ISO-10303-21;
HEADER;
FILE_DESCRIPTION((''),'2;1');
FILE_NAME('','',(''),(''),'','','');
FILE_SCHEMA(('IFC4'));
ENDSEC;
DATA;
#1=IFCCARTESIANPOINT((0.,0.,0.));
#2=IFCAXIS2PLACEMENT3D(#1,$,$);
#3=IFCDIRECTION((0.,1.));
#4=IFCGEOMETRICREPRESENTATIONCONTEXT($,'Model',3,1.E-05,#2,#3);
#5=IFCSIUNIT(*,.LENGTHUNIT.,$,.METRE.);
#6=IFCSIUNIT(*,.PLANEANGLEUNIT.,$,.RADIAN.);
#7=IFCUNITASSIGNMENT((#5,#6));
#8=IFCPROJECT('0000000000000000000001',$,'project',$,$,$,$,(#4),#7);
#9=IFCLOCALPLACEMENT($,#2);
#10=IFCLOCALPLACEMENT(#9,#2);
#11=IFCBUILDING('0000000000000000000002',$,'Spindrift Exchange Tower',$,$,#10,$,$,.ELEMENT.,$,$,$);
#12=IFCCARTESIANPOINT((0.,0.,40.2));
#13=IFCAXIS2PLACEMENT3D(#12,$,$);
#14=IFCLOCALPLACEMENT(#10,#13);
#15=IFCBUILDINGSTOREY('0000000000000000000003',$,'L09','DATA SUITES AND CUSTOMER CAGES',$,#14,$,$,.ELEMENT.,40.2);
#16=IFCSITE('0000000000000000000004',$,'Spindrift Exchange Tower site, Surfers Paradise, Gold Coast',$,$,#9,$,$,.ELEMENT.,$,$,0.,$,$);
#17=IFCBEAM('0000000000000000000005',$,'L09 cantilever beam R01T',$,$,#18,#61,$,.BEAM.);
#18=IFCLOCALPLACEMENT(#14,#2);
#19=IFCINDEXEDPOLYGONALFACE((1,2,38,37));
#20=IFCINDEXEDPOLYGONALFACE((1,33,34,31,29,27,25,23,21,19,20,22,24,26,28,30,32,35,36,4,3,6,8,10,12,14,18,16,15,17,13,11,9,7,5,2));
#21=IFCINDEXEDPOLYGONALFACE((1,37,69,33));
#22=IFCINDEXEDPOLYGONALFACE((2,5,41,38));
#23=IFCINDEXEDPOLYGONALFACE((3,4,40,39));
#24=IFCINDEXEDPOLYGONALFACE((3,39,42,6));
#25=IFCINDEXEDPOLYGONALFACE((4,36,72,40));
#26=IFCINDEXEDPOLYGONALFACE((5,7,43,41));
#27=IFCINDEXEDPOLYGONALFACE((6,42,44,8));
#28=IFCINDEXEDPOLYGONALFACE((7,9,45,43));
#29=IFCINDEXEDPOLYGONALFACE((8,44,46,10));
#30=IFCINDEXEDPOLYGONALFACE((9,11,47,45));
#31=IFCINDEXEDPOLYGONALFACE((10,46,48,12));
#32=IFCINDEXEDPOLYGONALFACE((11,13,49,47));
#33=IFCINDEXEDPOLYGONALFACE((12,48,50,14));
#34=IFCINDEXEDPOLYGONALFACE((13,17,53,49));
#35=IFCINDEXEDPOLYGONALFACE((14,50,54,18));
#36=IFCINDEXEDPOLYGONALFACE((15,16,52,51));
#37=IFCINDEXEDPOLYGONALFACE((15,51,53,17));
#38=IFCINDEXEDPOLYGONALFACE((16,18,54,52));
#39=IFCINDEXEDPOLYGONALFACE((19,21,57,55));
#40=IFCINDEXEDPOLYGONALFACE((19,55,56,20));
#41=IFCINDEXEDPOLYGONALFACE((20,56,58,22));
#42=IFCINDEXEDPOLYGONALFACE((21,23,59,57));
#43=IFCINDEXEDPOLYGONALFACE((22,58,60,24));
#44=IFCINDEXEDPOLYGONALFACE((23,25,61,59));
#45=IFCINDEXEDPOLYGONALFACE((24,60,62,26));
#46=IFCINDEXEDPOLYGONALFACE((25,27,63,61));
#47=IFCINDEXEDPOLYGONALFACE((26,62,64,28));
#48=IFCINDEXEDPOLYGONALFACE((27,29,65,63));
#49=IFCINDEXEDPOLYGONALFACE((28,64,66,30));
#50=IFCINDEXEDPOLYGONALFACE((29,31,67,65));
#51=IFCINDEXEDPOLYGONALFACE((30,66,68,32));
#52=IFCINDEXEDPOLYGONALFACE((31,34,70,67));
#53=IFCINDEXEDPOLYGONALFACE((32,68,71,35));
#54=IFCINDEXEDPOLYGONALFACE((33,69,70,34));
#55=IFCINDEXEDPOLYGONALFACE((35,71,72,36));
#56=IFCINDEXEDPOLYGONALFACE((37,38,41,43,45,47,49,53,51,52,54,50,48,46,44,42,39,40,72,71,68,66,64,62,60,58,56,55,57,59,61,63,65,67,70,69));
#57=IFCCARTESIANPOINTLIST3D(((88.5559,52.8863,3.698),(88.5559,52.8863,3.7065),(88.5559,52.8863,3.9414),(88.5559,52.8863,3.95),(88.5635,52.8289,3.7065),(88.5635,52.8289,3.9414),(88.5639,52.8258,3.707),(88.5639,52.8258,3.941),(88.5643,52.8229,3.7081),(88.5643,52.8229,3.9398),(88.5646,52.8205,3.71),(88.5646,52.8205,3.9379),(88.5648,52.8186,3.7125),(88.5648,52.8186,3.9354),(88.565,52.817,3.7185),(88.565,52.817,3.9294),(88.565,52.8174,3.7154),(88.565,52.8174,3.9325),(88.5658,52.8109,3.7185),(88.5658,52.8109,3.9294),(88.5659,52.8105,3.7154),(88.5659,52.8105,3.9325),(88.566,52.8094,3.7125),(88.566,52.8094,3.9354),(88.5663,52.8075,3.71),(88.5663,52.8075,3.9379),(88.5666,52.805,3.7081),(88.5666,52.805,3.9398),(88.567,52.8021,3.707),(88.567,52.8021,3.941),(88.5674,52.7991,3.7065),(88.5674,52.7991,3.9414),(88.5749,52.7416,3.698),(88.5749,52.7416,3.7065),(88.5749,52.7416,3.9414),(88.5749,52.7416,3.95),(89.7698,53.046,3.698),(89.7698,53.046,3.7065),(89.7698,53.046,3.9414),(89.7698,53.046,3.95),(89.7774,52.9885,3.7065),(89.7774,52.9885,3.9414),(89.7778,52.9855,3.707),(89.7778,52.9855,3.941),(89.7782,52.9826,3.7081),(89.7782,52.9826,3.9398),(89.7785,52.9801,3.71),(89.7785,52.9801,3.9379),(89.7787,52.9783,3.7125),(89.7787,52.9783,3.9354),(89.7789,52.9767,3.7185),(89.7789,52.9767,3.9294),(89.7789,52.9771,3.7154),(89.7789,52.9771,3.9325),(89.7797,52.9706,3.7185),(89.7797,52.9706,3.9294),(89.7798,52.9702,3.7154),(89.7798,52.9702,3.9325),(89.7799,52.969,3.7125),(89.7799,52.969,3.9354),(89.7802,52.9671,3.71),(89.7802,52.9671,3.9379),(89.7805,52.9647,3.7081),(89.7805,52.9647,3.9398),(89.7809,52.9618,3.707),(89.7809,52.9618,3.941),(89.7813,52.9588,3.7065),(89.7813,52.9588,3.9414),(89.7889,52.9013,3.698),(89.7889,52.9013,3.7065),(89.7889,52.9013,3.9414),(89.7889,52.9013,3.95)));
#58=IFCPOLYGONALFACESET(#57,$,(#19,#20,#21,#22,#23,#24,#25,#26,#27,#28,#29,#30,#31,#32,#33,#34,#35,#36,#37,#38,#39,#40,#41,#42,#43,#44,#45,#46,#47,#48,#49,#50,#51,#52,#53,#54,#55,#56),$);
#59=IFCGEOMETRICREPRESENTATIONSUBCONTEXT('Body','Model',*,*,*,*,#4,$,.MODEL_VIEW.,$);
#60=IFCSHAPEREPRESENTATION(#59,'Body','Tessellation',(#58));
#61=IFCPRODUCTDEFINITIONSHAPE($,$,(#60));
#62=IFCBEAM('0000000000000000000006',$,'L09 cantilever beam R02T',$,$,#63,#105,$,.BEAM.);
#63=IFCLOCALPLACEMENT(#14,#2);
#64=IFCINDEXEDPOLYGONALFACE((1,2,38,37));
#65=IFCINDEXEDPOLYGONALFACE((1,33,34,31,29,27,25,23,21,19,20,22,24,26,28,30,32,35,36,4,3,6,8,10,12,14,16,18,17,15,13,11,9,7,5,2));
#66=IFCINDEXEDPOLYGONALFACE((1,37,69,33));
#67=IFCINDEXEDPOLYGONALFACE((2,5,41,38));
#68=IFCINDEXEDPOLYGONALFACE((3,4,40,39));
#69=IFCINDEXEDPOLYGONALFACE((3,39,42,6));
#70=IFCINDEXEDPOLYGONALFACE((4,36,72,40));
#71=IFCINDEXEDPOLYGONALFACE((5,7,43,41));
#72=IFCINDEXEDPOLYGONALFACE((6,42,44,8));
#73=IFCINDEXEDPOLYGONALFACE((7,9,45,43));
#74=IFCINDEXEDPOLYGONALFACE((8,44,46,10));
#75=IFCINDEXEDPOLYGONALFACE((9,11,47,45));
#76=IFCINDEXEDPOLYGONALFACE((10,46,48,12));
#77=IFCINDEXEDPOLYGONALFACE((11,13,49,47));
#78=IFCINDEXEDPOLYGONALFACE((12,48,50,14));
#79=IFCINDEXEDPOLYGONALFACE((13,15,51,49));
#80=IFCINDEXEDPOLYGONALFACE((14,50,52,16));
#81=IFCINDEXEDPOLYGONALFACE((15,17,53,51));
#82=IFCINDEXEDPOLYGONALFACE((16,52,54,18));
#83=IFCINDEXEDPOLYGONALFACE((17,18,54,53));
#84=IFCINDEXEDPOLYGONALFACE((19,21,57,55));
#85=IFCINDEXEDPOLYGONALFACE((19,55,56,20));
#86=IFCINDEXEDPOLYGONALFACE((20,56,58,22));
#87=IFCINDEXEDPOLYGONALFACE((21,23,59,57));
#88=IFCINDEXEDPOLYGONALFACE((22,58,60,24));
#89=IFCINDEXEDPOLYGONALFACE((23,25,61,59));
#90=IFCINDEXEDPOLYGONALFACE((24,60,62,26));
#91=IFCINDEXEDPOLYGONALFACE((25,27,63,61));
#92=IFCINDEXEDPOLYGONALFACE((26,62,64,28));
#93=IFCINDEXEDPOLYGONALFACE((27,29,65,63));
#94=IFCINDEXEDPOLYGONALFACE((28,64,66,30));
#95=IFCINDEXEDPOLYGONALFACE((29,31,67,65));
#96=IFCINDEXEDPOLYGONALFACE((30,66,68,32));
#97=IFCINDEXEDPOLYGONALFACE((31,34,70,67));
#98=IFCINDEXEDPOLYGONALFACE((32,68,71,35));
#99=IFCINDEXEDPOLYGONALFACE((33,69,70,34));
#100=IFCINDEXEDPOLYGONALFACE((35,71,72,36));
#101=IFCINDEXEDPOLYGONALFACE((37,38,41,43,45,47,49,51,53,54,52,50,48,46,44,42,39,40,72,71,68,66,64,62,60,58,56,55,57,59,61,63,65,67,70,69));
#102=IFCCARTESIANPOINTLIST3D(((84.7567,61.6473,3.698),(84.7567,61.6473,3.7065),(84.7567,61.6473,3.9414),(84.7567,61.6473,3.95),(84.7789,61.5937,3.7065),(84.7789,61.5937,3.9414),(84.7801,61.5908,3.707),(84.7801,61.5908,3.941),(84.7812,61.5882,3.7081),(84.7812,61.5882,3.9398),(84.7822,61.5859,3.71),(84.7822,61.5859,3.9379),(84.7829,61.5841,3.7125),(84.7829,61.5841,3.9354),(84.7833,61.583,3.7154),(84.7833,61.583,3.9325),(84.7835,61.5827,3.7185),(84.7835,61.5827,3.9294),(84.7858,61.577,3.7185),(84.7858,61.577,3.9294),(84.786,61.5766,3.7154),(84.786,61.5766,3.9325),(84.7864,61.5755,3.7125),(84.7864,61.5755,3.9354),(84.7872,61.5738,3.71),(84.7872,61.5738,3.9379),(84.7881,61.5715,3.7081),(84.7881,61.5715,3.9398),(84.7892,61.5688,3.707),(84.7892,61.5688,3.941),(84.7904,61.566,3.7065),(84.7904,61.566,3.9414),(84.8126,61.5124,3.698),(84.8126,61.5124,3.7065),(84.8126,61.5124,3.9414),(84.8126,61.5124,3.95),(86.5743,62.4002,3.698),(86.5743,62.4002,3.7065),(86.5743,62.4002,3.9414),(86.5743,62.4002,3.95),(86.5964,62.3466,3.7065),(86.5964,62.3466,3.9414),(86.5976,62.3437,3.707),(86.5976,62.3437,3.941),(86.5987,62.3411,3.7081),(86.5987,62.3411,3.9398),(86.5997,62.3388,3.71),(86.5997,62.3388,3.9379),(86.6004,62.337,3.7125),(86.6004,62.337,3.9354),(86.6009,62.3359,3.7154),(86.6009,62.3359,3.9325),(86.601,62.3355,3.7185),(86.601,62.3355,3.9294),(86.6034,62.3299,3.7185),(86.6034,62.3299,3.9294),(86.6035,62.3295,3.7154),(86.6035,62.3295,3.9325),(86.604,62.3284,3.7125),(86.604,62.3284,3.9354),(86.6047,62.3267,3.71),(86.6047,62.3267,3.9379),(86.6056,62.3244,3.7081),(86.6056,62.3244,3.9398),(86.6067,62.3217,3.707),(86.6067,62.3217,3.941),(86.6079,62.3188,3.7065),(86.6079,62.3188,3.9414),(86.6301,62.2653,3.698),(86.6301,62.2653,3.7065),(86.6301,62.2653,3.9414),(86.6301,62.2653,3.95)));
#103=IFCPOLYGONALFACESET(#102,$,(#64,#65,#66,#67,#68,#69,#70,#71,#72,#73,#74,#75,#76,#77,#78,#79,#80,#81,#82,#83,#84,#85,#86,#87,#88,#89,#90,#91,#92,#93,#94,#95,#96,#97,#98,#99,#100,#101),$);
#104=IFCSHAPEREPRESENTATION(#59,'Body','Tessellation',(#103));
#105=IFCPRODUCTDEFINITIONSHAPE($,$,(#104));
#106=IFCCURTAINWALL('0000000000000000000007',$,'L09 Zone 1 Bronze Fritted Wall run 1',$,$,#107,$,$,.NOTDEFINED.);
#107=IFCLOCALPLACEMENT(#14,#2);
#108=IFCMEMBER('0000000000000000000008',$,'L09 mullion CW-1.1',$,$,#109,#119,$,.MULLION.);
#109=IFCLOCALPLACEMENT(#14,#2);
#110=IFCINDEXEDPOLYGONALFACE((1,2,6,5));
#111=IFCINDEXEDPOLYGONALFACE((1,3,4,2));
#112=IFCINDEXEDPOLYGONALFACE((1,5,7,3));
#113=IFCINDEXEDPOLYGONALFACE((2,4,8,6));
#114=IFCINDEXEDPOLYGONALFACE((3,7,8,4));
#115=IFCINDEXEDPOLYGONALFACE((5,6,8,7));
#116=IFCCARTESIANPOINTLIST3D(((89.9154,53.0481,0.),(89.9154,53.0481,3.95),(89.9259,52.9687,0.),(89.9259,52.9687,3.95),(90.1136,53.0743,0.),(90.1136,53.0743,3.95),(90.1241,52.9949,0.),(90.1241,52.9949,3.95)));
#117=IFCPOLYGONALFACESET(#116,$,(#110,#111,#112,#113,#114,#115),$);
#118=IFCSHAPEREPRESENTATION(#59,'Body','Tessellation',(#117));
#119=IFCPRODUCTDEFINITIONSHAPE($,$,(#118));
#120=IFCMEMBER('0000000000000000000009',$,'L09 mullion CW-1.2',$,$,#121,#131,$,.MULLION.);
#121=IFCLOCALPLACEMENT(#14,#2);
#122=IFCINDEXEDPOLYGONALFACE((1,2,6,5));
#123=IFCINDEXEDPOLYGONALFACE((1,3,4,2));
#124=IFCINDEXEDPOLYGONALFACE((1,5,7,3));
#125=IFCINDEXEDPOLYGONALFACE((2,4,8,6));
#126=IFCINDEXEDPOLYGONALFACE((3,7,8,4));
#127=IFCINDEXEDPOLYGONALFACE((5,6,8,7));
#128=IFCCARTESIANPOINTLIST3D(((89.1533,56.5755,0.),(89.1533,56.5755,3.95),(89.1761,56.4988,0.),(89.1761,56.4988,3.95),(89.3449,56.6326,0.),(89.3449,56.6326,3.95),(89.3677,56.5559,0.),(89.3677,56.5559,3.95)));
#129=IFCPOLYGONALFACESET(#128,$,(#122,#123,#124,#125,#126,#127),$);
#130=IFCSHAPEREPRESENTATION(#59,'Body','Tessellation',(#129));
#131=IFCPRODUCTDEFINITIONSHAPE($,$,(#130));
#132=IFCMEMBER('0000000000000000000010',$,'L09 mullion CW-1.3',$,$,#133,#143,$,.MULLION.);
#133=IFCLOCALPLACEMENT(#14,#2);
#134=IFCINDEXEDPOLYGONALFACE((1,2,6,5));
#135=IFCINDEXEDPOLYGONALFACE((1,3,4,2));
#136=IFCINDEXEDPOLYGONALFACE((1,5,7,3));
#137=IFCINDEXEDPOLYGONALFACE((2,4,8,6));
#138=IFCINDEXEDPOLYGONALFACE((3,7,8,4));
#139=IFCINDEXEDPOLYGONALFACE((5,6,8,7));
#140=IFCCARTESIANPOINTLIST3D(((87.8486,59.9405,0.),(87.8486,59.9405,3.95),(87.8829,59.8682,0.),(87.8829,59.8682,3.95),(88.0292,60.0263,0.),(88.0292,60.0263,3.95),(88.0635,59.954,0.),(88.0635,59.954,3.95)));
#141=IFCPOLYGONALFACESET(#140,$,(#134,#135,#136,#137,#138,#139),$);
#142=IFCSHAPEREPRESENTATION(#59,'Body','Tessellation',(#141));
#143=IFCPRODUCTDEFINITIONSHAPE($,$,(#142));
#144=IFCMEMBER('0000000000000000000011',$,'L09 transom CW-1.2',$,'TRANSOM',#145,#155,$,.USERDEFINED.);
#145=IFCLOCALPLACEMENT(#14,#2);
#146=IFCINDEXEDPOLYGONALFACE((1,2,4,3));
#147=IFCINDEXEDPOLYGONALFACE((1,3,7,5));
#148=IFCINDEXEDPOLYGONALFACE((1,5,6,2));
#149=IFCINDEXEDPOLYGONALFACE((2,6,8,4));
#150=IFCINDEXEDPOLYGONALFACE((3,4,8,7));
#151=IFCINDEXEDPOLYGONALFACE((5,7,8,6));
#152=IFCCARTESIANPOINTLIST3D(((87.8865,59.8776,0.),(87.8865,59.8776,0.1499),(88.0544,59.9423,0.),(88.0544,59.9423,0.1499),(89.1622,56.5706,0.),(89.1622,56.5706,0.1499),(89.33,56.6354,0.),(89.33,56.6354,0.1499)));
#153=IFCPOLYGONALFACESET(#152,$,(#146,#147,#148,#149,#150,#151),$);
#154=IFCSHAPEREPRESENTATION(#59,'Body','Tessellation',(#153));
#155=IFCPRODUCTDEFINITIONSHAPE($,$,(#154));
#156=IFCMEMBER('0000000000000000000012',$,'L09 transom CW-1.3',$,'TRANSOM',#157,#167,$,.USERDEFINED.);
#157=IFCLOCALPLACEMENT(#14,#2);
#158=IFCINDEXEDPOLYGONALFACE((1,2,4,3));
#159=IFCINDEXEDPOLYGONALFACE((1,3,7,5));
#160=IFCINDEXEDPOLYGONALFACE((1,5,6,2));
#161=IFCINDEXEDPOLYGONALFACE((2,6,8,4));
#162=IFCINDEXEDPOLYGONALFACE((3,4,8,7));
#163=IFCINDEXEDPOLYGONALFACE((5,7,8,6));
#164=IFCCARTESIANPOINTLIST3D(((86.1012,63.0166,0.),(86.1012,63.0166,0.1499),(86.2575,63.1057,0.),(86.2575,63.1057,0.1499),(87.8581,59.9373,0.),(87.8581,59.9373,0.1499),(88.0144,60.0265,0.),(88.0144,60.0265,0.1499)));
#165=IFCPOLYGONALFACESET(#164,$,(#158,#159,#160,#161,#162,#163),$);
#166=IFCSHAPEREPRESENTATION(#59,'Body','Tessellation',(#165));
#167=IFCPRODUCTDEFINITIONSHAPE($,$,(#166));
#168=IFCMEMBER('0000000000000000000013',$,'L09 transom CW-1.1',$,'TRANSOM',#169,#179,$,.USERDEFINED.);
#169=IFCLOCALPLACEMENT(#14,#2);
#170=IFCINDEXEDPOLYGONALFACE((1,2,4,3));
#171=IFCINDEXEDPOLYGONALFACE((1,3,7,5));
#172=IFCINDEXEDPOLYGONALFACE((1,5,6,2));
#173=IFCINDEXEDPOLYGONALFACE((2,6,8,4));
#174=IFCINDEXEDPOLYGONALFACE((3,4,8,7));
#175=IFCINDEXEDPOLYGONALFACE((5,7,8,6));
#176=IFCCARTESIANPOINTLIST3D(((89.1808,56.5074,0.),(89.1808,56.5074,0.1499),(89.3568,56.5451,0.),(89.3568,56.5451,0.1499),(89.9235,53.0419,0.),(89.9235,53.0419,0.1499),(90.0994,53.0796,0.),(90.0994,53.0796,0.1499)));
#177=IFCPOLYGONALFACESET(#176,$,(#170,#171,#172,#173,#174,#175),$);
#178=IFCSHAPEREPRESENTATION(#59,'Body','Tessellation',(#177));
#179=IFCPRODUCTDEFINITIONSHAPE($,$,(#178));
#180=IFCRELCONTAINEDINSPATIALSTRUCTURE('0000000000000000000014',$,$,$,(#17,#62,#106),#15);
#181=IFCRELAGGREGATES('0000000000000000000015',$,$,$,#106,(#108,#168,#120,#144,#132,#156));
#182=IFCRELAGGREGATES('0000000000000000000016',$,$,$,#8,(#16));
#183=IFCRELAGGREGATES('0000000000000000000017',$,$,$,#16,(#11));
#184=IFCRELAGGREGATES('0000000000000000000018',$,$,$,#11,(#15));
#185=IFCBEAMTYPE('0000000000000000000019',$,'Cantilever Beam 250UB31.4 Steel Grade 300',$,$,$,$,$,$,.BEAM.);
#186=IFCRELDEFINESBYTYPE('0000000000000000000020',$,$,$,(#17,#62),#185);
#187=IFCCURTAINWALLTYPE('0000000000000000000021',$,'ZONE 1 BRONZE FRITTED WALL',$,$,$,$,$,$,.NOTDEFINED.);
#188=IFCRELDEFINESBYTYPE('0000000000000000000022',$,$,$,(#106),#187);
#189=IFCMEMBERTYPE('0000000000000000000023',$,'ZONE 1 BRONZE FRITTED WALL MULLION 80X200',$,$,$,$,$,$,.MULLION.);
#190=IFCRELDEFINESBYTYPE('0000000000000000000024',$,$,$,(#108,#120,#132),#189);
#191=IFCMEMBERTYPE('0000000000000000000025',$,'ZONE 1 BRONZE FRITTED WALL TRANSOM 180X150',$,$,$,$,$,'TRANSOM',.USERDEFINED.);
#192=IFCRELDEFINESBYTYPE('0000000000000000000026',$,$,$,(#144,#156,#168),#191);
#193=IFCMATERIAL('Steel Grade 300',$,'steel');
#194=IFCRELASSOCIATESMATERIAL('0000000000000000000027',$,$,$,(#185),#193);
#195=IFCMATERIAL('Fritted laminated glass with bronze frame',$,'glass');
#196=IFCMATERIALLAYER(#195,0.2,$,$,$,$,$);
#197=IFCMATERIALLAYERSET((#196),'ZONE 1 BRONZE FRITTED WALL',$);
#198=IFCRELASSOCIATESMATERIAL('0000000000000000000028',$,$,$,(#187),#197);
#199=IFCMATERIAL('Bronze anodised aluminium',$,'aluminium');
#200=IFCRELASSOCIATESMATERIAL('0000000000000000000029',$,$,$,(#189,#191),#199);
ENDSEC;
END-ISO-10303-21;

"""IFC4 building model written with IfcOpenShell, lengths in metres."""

from ifc_helpers import new_model, si_unit, direction, frame, origin, origin_2d, place, context, subcontext, project, spatial, rectangle, i_section, extrude, source, transform, mapped, material, layer, layer_set, material_profile, profile_set, type_object, element, aggregate, save


model = new_model("IFC4")

# Units and contexts
model_context = context("Model", 3, precision=1e-05, world=origin(), true_north=direction((0.0, 1.0)))
body_context = subcontext(model_context, "Body", "Model", "MODEL_VIEW")
ifc_project = project(units=[si_unit("LENGTHUNIT", "METRE"), si_unit("PLANEANGLEUNIT", "RADIAN")], contexts=[model_context])

# Site, building, storey
site_placement = place(None, origin())
site = spatial("IfcSite", under=ifc_project, at=site_placement, Name="Spindrift Exchange Tower site, Surfers Paradise, Gold Coast", CompositionType="ELEMENT", RefElevation=0.0)
building_placement = place(site_placement, origin())
building = spatial("IfcBuilding", under=site, at=building_placement, Name="Spindrift Exchange Tower", CompositionType="ELEMENT")
storey_placement = place(building_placement, frame((0.0, 0.0, 40.2)))
storey = spatial("IfcBuildingStorey", under=building, at=storey_placement, Name="L09", Description="DATA SUITES AND CUSTOMER CAGES", CompositionType="ELEMENT", Elevation=40.2)

# Beams
ifc_material_1 = material(Name="Steel Grade 300", Category="steel")
ifc_material_profile_1 = material_profile(ifc_material_1, i_section(OverallWidth=0.146, OverallDepth=0.252, WebThickness=0.0061, FlangeThickness=0.0085, FilletRadius=0.012, at=origin_2d()), Name="250UB31.4")
ifc_profile_set_1 = profile_set([ifc_material_profile_1], Name="Steel Grade 300")
beam_type_1 = type_object("IfcBeamType", Name="Cantilever Beam 250UB31.4 Steel Grade 300", PredefinedType="BEAM", material=ifc_profile_set_1)
shared_shape_1 = source(origin(), body_context, "Body", "SweptSolid", [
    extrude(i_section(OverallWidth=0.146, OverallDepth=0.252, WebThickness=0.0061, FlangeThickness=0.0085, FilletRadius=0.012, at=origin_2d()), origin(), (0.0, 0.0, 1.0), 1.2244),
])
beam_1_placement = place(storey_placement, frame((88.5654, 52.814, 3.824), z_axis=(0.99146, 0.130413, 0.0), x_axis=(-0.130413, 0.99146, 0.0)))
element("IfcBeam", 1, at=beam_1_placement, inside=storey, type_object=beam_type_1, Name="L09 cantilever beam R01T", PredefinedType="BEAM", context=body_context, shape_type="MappedRepresentation", body=[
    mapped(shared_shape_1, transform((0.0, 0.0, 0.0), scale=1.0)),
])
shared_shape_2 = source(origin(), body_context, "Body", "SweptSolid", [
    extrude(i_section(OverallWidth=0.146, OverallDepth=0.252, WebThickness=0.0061, FlangeThickness=0.0085, FilletRadius=0.012, at=origin_2d()), origin(), (0.0, 0.0, 1.0), 1.9673),
])
beam_2_placement = place(storey_placement, frame((84.7847, 61.5798, 3.824), z_axis=(0.923872, 0.382703, 0.0), x_axis=(-0.382703, 0.923872, 0.0)))
element("IfcBeam", 2, at=beam_2_placement, inside=storey, type_object=beam_type_1, Name="L09 cantilever beam R02T", PredefinedType="BEAM", context=body_context, shape_type="MappedRepresentation", body=[
    mapped(shared_shape_2, transform((0.0, 0.0, 0.0), scale=1.0)),
])

# Curtain wall, members
ifc_material_2 = material(Name="Fritted laminated glass with bronze frame", Category="glass")
ifc_layer_1 = layer(ifc_material_2, 0.2)
ifc_layer_set_1 = layer_set([ifc_layer_1], Name="ZONE 1 BRONZE FRITTED WALL")
curtain_wall_type = type_object("IfcCurtainWallType", Name="ZONE 1 BRONZE FRITTED WALL", PredefinedType="NOTDEFINED", material=ifc_layer_set_1)
curtain_wall_1_placement = place(storey_placement, origin())
curtain_wall_1 = element("IfcCurtainWall", 3, at=curtain_wall_1_placement, inside=storey, type_object=curtain_wall_type, Name="L09 Zone 1 Bronze Fritted Wall run 1", PredefinedType="NOTDEFINED")
ifc_material_3 = material(Name="Bronze anodised aluminium", Category="aluminium")
ifc_material_profile_2 = material_profile(ifc_material_3, rectangle(XDim=0.0801, YDim=0.2, at=origin_2d()), Name="ZONE 1 BRONZE FRITTED WALL MULLION 80X200")
ifc_profile_set_2 = profile_set([ifc_material_profile_2], Name="Bronze anodised aluminium")
member_type_1 = type_object("IfcMemberType", Name="ZONE 1 BRONZE FRITTED WALL MULLION 80X200", PredefinedType="MULLION", material=ifc_profile_set_2)
shared_shape_3 = source(origin(), body_context, "Body", "SweptSolid", [
    extrude(rectangle(XDim=0.0801, YDim=0.2, at=origin_2d()), origin(), (0.0, 0.0, 1.0), 3.95),
])
member_1_placement = place(storey_placement, frame((90.0198, 53.0215, 0.0), z_axis=(0.0, 0.0, 1.0), x_axis=(-0.130947, 0.991389, 0.0)))
member_1 = element("IfcMember", 4, at=member_1_placement, type_object=member_type_1, Name="L09 mullion CW-1.1", PredefinedType="MULLION", context=body_context, shape_type="MappedRepresentation", body=[
    mapped(shared_shape_3, transform((0.0, 0.0, 0.0), scale=1.0)),
])
member_2_placement = place(storey_placement, frame((89.2605, 56.5657, 0.0), z_axis=(0.0, 0.0, 1.0), x_axis=(-0.285568, 0.958359, 0.0)))
member_2 = element("IfcMember", 5, at=member_2_placement, type_object=member_type_1, Name="L09 mullion CW-1.2", PredefinedType="MULLION", context=body_context, shape_type="MappedRepresentation", body=[
    mapped(shared_shape_3, transform((0.0, 0.0, 0.0), scale=1.0)),
])
member_3_placement = place(storey_placement, frame((87.9561, 59.9473, 0.0), z_axis=(0.0, 0.0, 1.0), x_axis=(-0.428957, 0.903325, 0.0)))
member_3 = element("IfcMember", 6, at=member_3_placement, type_object=member_type_1, Name="L09 mullion CW-1.3", PredefinedType="MULLION", context=body_context, shape_type="MappedRepresentation", body=[
    mapped(shared_shape_3, transform((0.0, 0.0, 0.0), scale=1.0)),
])
ifc_material_profile_3 = material_profile(ifc_material_3, rectangle(XDim=0.1799, YDim=0.1499, at=origin_2d()), Name="ZONE 1 BRONZE FRITTED WALL TRANSOM 180X150")
ifc_profile_set_3 = profile_set([ifc_material_profile_3], Name="Bronze anodised aluminium")
member_type_2 = type_object("IfcMemberType", Name="ZONE 1 BRONZE FRITTED WALL TRANSOM 180X150", ElementType="TRANSOM", PredefinedType="USERDEFINED", material=ifc_profile_set_3)
shared_shape_4 = source(origin(), body_context, "Body", "SweptSolid", [
    extrude(rectangle(XDim=0.1799, YDim=0.1499, at=origin_2d()), origin(), (0.0, 0.0, 1.0), 3.5444),
])
member_4_placement = place(storey_placement, frame((89.2461, 56.603, 0.075), z_axis=(-0.359902, 0.93299, 0.0), x_axis=(-0.93299, -0.359902, 0.0)))
member_4 = element("IfcMember", 7, at=member_4_placement, type_object=member_type_2, Name="L09 transom CW-1.2", ObjectType="TRANSOM", PredefinedType="USERDEFINED", context=body_context, shape_type="MappedRepresentation", body=[
    mapped(shared_shape_4, transform((0.0, 0.0, 0.0), scale=1.0)),
])
shared_shape_5 = source(origin(), body_context, "Body", "SweptSolid", [
    extrude(rectangle(XDim=0.1799, YDim=0.1499, at=origin_2d()), origin(), (0.0, 0.0, 1.0), 3.5452),
])
member_5_placement = place(storey_placement, frame((87.9363, 59.9819, 0.075), z_axis=(-0.495575, 0.868565, 0.0), x_axis=(-0.868565, -0.495575, 0.0)))
member_5 = element("IfcMember", 8, at=member_5_placement, type_object=member_type_2, Name="L09 transom CW-1.3", ObjectType="TRANSOM", PredefinedType="USERDEFINED", context=body_context, shape_type="MappedRepresentation", body=[
    mapped(shared_shape_5, transform((0.0, 0.0, 0.0), scale=1.0)),
])
shared_shape_6 = source(origin(), body_context, "Body", "SweptSolid", [
    extrude(rectangle(XDim=0.1799, YDim=0.1499, at=origin_2d()), origin(), (0.0, 0.0, 1.0), 3.5442),
])
member_6_placement = place(storey_placement, frame((90.0115, 53.0608, 0.075), z_axis=(-0.209543, 0.977799, 0.0), x_axis=(-0.977799, -0.209543, 0.0)))
member_6 = element("IfcMember", 9, at=member_6_placement, type_object=member_type_2, Name="L09 transom CW-1.1", ObjectType="TRANSOM", PredefinedType="USERDEFINED", context=body_context, shape_type="MappedRepresentation", body=[
    mapped(shared_shape_6, transform((0.0, 0.0, 0.0), scale=1.0)),
])

aggregate(curtain_wall_1, [member_1, member_6, member_2, member_4, member_3, member_5])

save(model, "model.ifc")
